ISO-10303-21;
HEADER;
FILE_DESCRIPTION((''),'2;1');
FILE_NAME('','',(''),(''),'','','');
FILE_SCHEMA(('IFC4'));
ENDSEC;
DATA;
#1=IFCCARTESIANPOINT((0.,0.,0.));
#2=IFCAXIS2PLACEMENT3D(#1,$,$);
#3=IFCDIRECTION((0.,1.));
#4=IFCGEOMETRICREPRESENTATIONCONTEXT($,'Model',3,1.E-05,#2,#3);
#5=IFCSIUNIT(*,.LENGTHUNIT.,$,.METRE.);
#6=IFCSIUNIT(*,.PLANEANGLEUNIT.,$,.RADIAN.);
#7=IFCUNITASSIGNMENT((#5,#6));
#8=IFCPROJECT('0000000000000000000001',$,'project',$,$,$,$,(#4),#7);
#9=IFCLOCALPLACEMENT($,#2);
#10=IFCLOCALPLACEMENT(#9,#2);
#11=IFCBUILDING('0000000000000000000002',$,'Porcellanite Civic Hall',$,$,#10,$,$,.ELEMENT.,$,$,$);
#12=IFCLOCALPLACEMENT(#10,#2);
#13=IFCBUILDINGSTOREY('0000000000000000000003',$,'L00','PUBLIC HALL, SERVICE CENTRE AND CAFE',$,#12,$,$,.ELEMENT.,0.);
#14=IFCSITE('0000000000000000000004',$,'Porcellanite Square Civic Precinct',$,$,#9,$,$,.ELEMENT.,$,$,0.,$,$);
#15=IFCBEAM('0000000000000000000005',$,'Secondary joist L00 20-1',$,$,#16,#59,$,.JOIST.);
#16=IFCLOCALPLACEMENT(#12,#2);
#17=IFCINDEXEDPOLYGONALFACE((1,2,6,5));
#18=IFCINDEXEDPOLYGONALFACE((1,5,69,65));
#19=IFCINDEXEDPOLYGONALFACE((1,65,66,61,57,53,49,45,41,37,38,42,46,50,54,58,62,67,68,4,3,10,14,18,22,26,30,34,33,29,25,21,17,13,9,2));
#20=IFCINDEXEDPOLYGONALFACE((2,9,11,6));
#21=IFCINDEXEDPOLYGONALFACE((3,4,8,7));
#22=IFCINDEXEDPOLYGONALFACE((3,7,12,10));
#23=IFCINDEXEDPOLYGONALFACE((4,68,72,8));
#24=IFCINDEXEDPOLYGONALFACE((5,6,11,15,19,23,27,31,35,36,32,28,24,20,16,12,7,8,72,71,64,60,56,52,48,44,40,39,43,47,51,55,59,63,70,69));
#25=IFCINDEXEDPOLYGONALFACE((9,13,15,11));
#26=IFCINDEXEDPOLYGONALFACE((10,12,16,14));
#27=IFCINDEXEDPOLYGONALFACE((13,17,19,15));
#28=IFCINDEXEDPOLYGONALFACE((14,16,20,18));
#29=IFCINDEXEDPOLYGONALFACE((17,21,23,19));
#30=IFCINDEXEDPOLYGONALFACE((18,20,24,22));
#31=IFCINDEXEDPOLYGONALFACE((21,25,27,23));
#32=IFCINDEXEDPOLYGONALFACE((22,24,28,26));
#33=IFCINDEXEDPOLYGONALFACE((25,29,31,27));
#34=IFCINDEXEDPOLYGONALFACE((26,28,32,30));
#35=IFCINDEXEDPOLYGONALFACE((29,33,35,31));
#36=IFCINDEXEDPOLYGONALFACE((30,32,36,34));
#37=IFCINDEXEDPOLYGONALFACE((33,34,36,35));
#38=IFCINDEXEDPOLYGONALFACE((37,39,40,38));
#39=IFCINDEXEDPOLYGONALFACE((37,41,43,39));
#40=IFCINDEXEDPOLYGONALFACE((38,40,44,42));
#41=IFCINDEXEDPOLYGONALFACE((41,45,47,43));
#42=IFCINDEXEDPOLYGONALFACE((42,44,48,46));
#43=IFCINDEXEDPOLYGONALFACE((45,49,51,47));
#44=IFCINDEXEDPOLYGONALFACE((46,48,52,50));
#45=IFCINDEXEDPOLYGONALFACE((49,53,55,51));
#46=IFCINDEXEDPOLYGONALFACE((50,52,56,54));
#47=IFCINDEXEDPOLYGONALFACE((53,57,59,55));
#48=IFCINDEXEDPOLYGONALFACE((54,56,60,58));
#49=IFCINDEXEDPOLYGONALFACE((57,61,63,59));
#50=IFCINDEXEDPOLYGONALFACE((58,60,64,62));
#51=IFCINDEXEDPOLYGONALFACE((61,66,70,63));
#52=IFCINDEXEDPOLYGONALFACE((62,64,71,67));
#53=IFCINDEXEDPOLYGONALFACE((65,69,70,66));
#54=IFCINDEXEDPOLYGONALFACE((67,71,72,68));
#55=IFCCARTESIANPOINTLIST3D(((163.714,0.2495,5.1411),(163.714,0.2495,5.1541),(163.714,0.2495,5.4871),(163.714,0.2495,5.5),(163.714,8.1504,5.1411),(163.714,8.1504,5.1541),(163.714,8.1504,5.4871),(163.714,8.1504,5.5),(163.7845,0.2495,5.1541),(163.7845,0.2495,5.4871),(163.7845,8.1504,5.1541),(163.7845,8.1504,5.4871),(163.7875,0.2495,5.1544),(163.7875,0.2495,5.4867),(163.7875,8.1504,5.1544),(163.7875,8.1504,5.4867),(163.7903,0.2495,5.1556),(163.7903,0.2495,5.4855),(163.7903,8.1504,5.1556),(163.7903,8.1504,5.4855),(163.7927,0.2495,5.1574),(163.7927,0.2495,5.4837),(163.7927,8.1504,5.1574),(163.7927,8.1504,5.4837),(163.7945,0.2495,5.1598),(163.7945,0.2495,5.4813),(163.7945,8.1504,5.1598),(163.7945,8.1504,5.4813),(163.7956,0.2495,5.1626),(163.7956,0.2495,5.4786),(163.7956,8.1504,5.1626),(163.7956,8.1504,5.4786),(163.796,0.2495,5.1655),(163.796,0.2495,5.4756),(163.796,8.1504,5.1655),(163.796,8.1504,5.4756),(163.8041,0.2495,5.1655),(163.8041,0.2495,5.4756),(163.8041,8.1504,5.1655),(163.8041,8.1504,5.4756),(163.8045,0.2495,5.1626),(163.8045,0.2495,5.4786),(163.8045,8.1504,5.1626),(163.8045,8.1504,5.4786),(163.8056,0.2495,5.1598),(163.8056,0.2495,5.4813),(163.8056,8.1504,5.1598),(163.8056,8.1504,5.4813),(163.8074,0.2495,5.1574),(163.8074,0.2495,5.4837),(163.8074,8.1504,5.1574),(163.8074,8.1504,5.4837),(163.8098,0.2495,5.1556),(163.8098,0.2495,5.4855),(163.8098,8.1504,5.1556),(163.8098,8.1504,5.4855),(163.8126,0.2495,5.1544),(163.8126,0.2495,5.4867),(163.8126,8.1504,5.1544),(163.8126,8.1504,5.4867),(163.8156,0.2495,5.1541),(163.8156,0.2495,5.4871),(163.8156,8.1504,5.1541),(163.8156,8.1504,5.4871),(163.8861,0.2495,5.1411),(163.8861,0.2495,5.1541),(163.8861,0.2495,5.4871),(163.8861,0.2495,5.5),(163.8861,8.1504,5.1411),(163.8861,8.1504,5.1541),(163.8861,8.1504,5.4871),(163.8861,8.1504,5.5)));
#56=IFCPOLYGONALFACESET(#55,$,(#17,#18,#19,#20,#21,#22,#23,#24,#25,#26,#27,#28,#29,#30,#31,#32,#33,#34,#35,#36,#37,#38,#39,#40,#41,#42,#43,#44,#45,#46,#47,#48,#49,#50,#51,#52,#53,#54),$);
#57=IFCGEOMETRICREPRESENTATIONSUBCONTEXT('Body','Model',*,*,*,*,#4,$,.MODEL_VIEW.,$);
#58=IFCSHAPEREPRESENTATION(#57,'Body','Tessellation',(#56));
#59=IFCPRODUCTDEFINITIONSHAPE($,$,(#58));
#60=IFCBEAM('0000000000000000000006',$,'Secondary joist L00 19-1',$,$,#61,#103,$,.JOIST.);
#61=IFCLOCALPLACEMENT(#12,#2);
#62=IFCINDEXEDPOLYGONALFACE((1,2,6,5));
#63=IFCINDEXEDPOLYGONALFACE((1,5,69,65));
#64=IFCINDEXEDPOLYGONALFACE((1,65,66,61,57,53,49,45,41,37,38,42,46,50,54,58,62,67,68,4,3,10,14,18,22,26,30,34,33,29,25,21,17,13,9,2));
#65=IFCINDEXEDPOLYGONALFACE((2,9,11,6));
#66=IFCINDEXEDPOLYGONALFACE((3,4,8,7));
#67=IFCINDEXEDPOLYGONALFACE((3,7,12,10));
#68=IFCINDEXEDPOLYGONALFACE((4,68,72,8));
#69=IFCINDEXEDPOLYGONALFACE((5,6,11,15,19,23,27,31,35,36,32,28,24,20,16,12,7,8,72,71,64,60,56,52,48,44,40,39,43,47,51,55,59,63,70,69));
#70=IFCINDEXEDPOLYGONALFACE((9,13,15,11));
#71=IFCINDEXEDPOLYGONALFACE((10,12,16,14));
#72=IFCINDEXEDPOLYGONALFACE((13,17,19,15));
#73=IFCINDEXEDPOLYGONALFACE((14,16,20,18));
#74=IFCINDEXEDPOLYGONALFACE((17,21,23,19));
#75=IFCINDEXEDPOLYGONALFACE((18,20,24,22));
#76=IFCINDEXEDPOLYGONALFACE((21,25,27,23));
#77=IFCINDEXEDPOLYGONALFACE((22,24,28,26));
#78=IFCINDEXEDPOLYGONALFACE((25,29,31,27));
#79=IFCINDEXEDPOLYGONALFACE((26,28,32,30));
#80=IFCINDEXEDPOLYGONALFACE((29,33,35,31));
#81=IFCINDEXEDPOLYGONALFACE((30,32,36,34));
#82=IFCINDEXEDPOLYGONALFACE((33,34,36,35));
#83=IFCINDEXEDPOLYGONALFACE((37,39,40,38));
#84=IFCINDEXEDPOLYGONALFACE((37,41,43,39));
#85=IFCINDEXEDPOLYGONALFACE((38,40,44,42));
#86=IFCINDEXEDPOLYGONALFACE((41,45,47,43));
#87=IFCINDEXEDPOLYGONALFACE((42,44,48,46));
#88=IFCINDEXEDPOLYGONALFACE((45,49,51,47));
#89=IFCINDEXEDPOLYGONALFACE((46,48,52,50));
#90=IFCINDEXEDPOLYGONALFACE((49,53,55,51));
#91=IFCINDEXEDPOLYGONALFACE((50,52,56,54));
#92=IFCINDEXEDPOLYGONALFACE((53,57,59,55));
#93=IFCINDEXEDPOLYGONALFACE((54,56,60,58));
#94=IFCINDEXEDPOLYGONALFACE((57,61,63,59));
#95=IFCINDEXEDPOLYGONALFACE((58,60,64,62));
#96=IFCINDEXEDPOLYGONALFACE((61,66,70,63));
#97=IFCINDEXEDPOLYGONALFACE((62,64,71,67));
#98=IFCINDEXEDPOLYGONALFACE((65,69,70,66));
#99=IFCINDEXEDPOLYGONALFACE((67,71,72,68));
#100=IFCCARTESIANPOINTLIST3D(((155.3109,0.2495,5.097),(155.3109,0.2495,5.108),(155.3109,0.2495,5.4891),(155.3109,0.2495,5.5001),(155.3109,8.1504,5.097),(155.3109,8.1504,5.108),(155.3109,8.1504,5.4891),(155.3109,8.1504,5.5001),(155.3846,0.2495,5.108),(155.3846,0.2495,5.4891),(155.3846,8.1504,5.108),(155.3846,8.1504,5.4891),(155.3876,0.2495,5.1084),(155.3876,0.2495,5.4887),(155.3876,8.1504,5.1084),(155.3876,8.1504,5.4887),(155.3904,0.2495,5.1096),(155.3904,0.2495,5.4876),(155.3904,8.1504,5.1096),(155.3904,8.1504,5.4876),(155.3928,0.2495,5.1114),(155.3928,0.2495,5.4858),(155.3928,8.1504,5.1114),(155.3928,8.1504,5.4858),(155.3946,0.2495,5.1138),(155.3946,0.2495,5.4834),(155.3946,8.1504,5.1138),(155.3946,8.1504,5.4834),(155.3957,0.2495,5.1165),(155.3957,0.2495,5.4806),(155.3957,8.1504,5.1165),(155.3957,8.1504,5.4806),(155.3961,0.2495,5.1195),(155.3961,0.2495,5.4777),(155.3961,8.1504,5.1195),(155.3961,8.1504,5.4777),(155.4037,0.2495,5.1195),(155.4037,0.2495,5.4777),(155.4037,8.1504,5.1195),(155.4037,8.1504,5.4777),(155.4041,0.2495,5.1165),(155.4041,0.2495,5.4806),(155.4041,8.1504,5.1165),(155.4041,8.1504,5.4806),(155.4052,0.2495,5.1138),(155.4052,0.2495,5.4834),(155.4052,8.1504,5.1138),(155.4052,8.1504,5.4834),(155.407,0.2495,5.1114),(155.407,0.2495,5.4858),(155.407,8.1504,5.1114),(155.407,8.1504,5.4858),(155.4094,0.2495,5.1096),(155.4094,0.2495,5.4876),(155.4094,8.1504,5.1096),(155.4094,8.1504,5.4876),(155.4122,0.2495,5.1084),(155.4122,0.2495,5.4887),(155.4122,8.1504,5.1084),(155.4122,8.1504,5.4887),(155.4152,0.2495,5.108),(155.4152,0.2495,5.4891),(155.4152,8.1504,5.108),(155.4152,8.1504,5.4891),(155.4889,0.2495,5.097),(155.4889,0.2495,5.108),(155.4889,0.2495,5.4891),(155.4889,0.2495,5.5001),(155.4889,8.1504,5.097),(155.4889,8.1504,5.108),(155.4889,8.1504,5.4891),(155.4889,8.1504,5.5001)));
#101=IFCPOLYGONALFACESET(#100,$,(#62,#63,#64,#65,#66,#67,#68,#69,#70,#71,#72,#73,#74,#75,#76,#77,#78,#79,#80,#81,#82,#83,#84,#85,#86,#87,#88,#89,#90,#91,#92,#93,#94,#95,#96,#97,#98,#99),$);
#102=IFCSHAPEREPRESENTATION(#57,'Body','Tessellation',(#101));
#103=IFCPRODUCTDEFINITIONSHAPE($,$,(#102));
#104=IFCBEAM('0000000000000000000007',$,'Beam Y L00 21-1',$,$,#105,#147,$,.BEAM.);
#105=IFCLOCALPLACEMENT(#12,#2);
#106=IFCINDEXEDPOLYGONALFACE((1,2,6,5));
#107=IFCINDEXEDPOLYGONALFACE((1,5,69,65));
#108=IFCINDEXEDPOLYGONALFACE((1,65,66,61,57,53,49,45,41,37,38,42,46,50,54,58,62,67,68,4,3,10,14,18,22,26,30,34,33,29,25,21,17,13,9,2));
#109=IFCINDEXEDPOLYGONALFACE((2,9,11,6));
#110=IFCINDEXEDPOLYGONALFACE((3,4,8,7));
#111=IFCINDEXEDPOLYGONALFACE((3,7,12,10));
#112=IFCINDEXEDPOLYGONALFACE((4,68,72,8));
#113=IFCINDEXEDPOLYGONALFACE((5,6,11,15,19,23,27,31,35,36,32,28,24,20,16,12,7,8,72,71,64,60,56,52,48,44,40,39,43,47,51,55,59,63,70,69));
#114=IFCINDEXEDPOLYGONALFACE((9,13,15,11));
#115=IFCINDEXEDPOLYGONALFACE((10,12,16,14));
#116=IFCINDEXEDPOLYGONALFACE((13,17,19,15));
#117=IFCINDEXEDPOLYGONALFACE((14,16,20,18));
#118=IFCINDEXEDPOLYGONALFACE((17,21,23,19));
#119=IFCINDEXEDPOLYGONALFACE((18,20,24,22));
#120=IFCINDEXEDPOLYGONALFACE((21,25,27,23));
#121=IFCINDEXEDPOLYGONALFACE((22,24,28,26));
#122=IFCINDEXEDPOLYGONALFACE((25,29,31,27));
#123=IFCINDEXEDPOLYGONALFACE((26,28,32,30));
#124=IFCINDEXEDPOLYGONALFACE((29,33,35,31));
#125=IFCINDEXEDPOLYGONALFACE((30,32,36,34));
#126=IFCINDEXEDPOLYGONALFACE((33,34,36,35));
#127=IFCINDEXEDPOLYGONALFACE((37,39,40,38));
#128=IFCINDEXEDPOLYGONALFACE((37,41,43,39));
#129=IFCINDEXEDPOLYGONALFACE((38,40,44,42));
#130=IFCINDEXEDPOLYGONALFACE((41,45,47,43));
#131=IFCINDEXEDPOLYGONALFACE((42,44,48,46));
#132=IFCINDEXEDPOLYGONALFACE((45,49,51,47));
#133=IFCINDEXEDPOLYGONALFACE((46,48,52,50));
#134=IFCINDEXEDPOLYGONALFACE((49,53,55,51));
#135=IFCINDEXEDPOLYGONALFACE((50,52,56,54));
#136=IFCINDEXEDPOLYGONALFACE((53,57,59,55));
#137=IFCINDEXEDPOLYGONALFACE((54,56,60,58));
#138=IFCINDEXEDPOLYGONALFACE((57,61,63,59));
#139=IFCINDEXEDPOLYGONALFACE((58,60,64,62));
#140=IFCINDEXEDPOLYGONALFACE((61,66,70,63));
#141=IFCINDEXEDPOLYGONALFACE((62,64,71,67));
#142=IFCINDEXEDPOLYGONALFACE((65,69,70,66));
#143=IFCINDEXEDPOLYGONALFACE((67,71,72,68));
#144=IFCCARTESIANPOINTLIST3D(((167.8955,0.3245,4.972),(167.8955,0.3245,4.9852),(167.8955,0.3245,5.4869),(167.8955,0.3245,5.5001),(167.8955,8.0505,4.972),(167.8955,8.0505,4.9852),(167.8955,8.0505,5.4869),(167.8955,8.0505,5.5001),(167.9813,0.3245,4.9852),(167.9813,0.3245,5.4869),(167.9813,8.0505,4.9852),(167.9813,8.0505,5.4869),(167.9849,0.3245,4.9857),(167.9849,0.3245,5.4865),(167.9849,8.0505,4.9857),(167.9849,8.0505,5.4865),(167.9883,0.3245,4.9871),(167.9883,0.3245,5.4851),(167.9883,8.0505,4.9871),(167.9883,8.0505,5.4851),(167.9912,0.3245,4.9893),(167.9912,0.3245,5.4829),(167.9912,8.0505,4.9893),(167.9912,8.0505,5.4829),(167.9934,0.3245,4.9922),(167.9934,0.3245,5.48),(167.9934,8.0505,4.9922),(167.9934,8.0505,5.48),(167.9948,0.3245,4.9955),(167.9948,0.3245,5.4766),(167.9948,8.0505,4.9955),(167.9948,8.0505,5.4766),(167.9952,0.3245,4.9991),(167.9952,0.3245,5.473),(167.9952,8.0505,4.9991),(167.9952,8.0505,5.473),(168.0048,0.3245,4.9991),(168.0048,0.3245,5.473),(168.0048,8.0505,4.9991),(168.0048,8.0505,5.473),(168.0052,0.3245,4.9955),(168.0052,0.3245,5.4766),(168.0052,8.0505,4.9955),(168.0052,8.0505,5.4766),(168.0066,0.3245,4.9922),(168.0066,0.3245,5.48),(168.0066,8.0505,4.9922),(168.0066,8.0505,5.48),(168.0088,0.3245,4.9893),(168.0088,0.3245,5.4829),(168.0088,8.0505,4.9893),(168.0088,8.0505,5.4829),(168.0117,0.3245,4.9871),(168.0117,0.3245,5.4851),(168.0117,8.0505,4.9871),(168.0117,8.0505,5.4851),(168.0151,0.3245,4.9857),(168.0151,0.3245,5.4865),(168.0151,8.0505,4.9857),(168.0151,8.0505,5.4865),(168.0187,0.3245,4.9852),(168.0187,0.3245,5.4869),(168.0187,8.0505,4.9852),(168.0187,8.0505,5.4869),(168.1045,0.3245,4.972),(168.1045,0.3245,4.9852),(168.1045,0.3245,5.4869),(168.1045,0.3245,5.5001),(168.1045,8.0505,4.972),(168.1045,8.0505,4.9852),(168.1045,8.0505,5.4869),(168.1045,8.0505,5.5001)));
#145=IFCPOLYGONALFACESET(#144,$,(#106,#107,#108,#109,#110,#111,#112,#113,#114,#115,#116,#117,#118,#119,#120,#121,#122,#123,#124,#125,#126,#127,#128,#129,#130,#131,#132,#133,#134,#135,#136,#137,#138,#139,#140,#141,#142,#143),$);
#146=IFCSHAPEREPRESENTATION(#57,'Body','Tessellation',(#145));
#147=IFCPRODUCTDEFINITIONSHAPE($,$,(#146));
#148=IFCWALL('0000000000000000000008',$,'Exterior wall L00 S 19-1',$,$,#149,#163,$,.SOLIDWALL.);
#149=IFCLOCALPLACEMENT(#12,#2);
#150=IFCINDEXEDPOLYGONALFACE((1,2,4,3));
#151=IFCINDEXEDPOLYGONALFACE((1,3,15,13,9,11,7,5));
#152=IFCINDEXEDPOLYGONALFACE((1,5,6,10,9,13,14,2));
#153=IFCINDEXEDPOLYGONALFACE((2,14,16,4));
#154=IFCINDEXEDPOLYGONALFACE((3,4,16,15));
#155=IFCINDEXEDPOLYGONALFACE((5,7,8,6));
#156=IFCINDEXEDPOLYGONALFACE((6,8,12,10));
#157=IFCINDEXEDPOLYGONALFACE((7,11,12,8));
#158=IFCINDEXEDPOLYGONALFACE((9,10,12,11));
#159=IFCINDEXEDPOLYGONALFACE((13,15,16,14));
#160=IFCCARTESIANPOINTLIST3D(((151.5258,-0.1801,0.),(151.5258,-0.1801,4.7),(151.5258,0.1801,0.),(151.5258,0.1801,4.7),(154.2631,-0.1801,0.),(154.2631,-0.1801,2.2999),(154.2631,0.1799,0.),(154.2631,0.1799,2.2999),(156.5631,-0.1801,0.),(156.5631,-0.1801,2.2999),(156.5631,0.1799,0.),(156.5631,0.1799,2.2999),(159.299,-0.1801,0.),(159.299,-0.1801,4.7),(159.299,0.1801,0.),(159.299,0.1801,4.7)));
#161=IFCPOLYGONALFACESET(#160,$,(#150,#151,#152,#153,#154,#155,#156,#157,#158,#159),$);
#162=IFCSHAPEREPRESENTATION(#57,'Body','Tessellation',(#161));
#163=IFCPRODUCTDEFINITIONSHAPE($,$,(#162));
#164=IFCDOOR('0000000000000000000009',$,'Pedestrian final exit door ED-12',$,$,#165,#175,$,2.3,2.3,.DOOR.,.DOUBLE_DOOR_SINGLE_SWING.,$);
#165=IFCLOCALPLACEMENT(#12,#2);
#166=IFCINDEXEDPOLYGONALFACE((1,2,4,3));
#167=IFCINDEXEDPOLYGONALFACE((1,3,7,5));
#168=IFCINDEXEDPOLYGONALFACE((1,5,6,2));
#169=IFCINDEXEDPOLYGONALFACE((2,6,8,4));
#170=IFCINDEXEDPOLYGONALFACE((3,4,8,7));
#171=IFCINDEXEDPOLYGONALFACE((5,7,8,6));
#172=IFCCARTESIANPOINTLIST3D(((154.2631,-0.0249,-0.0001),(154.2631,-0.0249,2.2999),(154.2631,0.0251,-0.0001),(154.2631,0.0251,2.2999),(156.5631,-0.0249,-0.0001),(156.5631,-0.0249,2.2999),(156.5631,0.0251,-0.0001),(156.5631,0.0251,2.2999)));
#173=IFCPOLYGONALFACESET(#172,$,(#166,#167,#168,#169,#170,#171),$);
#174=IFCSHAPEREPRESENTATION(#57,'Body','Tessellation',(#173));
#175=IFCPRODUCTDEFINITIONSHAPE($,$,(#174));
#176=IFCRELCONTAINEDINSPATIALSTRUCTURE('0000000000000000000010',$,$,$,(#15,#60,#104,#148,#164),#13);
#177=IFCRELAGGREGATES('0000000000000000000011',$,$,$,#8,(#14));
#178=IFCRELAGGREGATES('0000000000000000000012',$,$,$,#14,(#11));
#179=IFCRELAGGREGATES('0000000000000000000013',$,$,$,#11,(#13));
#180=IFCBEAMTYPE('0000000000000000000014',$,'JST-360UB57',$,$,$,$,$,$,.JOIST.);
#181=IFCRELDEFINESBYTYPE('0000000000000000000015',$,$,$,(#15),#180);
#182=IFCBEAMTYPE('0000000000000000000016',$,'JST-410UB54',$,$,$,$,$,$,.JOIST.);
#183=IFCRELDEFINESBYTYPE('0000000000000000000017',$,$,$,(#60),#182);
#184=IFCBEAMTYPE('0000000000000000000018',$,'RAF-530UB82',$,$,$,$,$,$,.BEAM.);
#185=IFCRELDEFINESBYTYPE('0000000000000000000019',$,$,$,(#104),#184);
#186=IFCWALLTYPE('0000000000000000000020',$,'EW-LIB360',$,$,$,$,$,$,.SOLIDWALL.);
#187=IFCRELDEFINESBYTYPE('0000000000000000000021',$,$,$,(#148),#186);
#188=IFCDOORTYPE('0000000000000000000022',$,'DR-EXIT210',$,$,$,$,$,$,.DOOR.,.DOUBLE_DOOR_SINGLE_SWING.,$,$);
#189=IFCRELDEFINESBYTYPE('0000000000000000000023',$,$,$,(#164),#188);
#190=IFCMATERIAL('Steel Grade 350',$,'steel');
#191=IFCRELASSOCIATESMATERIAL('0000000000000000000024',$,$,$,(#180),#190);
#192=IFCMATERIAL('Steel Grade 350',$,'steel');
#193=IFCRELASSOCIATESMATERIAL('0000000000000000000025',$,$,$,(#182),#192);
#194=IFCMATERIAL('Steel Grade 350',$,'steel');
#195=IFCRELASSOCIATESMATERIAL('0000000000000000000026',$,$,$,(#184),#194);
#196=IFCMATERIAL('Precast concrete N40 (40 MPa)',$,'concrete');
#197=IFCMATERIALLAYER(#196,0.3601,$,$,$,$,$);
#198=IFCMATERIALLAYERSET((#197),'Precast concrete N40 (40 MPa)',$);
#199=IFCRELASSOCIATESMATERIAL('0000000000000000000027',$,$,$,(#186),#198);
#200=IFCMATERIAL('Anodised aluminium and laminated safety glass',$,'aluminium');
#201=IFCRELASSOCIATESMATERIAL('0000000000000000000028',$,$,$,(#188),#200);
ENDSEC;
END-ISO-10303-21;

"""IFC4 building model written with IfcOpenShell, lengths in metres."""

from ifc_helpers import new_model, si_unit, direction, frame, frame_2d, origin, origin_2d, place, context, subcontext, project, spatial, rectangle, i_section, extrude, material, layer, layer_set, material_profile, profile_set, type_object, element, fill, save


model = new_model("IFC4")

# Units and contexts
model_context = context("Model", 3, precision=1e-05, world=origin(), true_north=direction((0.0, 1.0)))
body_context = subcontext(model_context, "Body", "Model", "MODEL_VIEW")
ifc_project = project(units=[si_unit("LENGTHUNIT", "METRE"), si_unit("PLANEANGLEUNIT", "RADIAN")], contexts=[model_context])

# Site, building, storey
site_placement = place(None, origin())
site = spatial("IfcSite", under=ifc_project, at=site_placement, Name="Porcellanite Square Civic Precinct", CompositionType="ELEMENT", RefElevation=0.0)
building_placement = place(site_placement, origin())
building = spatial("IfcBuilding", under=site, at=building_placement, Name="Porcellanite Civic Hall", CompositionType="ELEMENT")
storey_placement = place(building_placement, origin())
storey = spatial("IfcBuildingStorey", under=building, at=storey_placement, Name="L00", Description="PUBLIC HALL, SERVICE CENTRE AND CAFE", CompositionType="ELEMENT", Elevation=0.0)

# Beams
ifc_material_1 = material(Name="Steel Grade 350", Category="steel")
ifc_material_profile_1 = material_profile(ifc_material_1, i_section(OverallWidth=0.1721, OverallDepth=0.3589, WebThickness=0.0081, FlangeThickness=0.0129, FilletRadius=0.0115, at=origin_2d()), Name="360UB56.7")
ifc_profile_set_1 = profile_set([ifc_material_profile_1], Name="Steel Grade 350")
beam_type_1 = type_object("IfcBeamType", Name="JST-360UB57", PredefinedType="JOIST", material=ifc_profile_set_1)
beam_1_placement = place(storey_placement, frame((163.8, 0.2495, 5.3206), z_axis=(0.0, 1.0, 0.0), x_axis=(-1.0, 0.0, 0.0)))
element("IfcBeam", 1, at=beam_1_placement, inside=storey, type_object=beam_type_1, Name="Secondary joist L00 20-1", PredefinedType="JOIST", context=body_context, shape_type="SweptSolid", body=[
    extrude(i_section(OverallWidth=0.1721, OverallDepth=0.3589, WebThickness=0.0081, FlangeThickness=0.0129, FilletRadius=0.0115, at=origin_2d()), origin(), (0.0, 0.0, 1.0), 7.9009),
])
ifc_material_2 = material(Name="Steel Grade 350", Category="steel")
ifc_material_profile_2 = material_profile(ifc_material_2, i_section(OverallWidth=0.178, OverallDepth=0.4031, WebThickness=0.0076, FlangeThickness=0.011, FilletRadius=0.0115, at=origin_2d()), Name="410UB53.7")
ifc_profile_set_2 = profile_set([ifc_material_profile_2], Name="Steel Grade 350")
beam_type_2 = type_object("IfcBeamType", Name="JST-410UB54", PredefinedType="JOIST", material=ifc_profile_set_2)
beam_2_placement = place(storey_placement, frame((155.3999, 0.2495, 5.2986), z_axis=(0.0, 1.0, 0.0), x_axis=(-1.0, 0.0, 0.0)))
element("IfcBeam", 2, at=beam_2_placement, inside=storey, type_object=beam_type_2, Name="Secondary joist L00 19-1", PredefinedType="JOIST", context=body_context, shape_type="SweptSolid", body=[
    extrude(i_section(OverallWidth=0.178, OverallDepth=0.4031, WebThickness=0.0076, FlangeThickness=0.011, FilletRadius=0.0115, at=origin_2d()), origin(), (0.0, 0.0, 1.0), 7.9009),
])
ifc_material_3 = material(Name="Steel Grade 350", Category="steel")
ifc_material_profile_3 = material_profile(ifc_material_3, i_section(OverallWidth=0.209, OverallDepth=0.5281, WebThickness=0.0095, FlangeThickness=0.0132, FilletRadius=0.0139, at=origin_2d()), Name="530UB82.0")
ifc_profile_set_3 = profile_set([ifc_material_profile_3], Name="Steel Grade 350")
beam_type_3 = type_object("IfcBeamType", Name="RAF-530UB82", PredefinedType="BEAM", material=ifc_profile_set_3)
beam_3_placement = place(storey_placement, frame((168.0, 0.3245, 5.2361), z_axis=(0.0, 1.0, 0.0), x_axis=(-1.0, 0.0, 0.0)))
element("IfcBeam", 3, at=beam_3_placement, inside=storey, type_object=beam_type_3, Name="Beam Y L00 21-1", PredefinedType="BEAM", context=body_context, shape_type="SweptSolid", body=[
    extrude(i_section(OverallWidth=0.209, OverallDepth=0.5281, WebThickness=0.0095, FlangeThickness=0.0132, FilletRadius=0.0139, at=origin_2d()), origin(), (0.0, 0.0, 1.0), 7.7261),
])

# Wall, opening, door
ifc_material_4 = material(Name="Precast concrete N40 (40 MPa)", Category="concrete")
ifc_layer = layer(ifc_material_4, 0.3601)
ifc_layer_set = layer_set([ifc_layer], Name="Precast concrete N40 (40 MPa)")
wall_type = type_object("IfcWallType", Name="EW-LIB360", PredefinedType="SOLIDWALL", material=ifc_layer_set)
wall_1_placement = place(storey_placement, frame((159.2991, 0.0, 0.0), z_axis=(0.0, 0.0, 1.0), x_axis=(-1.0, 0.0, 0.0)))
wall_1 = element("IfcWall", 4, at=wall_1_placement, inside=storey, type_object=wall_type, Name="Exterior wall L00 S 19-1", PredefinedType="SOLIDWALL", context=body_context, shape_type="SweptSolid", body=[
    extrude(rectangle(XDim=7.7732, YDim=0.3601, at=frame_2d((3.8867, 0.0))), origin(), (0.0, 0.0, 1.0), 4.7),
])
opening_1_placement = place(wall_1_placement, frame((2.7361, 0.0, 0.0)))
opening_1 = element("IfcOpeningElement", 5, at=opening_1_placement, cuts=wall_1, PredefinedType="OPENING", context=body_context, shape_type="SweptSolid", body=[
    extrude(rectangle(XDim=2.3, YDim=2.3, at=frame_2d((1.1499, 1.1499))), frame((0.0, 0.1802, 0.0), z_axis=(0.0, -1.0, 0.0), x_axis=(1.0, 0.0, 0.0)), (0.0, 0.0, 1.0), 0.3601),
])
ifc_material_5 = material(Name="Anodised aluminium and laminated safety glass", Category="aluminium")
door_type_1 = type_object("IfcDoorType", Name="DR-EXIT210", OperationType="DOUBLE_DOOR_SINGLE_SWING", PredefinedType="DOOR", material=ifc_material_5)
door_1_placement = place(opening_1_placement, origin())
door_1 = element("IfcDoor", 6, at=door_1_placement, inside=storey, type_object=door_type_1, Name="Pedestrian final exit door ED-12", OperationType="DOUBLE_DOOR_SINGLE_SWING", OverallHeight=2.3, OverallWidth=2.3, PredefinedType="DOOR", context=body_context, shape_type="SweptSolid", body=[
    extrude(rectangle(XDim=2.3, YDim=2.3, at=frame_2d((1.1499, 1.1499))), frame((0.0, 0.0249, 0.0), z_axis=(0.0, -1.0, 0.0), x_axis=(1.0, 0.0, 0.0)), (0.0, 0.0, 1.0), 0.05),
])
fill(opening_1, door_1)

save(model, "model.ifc")
